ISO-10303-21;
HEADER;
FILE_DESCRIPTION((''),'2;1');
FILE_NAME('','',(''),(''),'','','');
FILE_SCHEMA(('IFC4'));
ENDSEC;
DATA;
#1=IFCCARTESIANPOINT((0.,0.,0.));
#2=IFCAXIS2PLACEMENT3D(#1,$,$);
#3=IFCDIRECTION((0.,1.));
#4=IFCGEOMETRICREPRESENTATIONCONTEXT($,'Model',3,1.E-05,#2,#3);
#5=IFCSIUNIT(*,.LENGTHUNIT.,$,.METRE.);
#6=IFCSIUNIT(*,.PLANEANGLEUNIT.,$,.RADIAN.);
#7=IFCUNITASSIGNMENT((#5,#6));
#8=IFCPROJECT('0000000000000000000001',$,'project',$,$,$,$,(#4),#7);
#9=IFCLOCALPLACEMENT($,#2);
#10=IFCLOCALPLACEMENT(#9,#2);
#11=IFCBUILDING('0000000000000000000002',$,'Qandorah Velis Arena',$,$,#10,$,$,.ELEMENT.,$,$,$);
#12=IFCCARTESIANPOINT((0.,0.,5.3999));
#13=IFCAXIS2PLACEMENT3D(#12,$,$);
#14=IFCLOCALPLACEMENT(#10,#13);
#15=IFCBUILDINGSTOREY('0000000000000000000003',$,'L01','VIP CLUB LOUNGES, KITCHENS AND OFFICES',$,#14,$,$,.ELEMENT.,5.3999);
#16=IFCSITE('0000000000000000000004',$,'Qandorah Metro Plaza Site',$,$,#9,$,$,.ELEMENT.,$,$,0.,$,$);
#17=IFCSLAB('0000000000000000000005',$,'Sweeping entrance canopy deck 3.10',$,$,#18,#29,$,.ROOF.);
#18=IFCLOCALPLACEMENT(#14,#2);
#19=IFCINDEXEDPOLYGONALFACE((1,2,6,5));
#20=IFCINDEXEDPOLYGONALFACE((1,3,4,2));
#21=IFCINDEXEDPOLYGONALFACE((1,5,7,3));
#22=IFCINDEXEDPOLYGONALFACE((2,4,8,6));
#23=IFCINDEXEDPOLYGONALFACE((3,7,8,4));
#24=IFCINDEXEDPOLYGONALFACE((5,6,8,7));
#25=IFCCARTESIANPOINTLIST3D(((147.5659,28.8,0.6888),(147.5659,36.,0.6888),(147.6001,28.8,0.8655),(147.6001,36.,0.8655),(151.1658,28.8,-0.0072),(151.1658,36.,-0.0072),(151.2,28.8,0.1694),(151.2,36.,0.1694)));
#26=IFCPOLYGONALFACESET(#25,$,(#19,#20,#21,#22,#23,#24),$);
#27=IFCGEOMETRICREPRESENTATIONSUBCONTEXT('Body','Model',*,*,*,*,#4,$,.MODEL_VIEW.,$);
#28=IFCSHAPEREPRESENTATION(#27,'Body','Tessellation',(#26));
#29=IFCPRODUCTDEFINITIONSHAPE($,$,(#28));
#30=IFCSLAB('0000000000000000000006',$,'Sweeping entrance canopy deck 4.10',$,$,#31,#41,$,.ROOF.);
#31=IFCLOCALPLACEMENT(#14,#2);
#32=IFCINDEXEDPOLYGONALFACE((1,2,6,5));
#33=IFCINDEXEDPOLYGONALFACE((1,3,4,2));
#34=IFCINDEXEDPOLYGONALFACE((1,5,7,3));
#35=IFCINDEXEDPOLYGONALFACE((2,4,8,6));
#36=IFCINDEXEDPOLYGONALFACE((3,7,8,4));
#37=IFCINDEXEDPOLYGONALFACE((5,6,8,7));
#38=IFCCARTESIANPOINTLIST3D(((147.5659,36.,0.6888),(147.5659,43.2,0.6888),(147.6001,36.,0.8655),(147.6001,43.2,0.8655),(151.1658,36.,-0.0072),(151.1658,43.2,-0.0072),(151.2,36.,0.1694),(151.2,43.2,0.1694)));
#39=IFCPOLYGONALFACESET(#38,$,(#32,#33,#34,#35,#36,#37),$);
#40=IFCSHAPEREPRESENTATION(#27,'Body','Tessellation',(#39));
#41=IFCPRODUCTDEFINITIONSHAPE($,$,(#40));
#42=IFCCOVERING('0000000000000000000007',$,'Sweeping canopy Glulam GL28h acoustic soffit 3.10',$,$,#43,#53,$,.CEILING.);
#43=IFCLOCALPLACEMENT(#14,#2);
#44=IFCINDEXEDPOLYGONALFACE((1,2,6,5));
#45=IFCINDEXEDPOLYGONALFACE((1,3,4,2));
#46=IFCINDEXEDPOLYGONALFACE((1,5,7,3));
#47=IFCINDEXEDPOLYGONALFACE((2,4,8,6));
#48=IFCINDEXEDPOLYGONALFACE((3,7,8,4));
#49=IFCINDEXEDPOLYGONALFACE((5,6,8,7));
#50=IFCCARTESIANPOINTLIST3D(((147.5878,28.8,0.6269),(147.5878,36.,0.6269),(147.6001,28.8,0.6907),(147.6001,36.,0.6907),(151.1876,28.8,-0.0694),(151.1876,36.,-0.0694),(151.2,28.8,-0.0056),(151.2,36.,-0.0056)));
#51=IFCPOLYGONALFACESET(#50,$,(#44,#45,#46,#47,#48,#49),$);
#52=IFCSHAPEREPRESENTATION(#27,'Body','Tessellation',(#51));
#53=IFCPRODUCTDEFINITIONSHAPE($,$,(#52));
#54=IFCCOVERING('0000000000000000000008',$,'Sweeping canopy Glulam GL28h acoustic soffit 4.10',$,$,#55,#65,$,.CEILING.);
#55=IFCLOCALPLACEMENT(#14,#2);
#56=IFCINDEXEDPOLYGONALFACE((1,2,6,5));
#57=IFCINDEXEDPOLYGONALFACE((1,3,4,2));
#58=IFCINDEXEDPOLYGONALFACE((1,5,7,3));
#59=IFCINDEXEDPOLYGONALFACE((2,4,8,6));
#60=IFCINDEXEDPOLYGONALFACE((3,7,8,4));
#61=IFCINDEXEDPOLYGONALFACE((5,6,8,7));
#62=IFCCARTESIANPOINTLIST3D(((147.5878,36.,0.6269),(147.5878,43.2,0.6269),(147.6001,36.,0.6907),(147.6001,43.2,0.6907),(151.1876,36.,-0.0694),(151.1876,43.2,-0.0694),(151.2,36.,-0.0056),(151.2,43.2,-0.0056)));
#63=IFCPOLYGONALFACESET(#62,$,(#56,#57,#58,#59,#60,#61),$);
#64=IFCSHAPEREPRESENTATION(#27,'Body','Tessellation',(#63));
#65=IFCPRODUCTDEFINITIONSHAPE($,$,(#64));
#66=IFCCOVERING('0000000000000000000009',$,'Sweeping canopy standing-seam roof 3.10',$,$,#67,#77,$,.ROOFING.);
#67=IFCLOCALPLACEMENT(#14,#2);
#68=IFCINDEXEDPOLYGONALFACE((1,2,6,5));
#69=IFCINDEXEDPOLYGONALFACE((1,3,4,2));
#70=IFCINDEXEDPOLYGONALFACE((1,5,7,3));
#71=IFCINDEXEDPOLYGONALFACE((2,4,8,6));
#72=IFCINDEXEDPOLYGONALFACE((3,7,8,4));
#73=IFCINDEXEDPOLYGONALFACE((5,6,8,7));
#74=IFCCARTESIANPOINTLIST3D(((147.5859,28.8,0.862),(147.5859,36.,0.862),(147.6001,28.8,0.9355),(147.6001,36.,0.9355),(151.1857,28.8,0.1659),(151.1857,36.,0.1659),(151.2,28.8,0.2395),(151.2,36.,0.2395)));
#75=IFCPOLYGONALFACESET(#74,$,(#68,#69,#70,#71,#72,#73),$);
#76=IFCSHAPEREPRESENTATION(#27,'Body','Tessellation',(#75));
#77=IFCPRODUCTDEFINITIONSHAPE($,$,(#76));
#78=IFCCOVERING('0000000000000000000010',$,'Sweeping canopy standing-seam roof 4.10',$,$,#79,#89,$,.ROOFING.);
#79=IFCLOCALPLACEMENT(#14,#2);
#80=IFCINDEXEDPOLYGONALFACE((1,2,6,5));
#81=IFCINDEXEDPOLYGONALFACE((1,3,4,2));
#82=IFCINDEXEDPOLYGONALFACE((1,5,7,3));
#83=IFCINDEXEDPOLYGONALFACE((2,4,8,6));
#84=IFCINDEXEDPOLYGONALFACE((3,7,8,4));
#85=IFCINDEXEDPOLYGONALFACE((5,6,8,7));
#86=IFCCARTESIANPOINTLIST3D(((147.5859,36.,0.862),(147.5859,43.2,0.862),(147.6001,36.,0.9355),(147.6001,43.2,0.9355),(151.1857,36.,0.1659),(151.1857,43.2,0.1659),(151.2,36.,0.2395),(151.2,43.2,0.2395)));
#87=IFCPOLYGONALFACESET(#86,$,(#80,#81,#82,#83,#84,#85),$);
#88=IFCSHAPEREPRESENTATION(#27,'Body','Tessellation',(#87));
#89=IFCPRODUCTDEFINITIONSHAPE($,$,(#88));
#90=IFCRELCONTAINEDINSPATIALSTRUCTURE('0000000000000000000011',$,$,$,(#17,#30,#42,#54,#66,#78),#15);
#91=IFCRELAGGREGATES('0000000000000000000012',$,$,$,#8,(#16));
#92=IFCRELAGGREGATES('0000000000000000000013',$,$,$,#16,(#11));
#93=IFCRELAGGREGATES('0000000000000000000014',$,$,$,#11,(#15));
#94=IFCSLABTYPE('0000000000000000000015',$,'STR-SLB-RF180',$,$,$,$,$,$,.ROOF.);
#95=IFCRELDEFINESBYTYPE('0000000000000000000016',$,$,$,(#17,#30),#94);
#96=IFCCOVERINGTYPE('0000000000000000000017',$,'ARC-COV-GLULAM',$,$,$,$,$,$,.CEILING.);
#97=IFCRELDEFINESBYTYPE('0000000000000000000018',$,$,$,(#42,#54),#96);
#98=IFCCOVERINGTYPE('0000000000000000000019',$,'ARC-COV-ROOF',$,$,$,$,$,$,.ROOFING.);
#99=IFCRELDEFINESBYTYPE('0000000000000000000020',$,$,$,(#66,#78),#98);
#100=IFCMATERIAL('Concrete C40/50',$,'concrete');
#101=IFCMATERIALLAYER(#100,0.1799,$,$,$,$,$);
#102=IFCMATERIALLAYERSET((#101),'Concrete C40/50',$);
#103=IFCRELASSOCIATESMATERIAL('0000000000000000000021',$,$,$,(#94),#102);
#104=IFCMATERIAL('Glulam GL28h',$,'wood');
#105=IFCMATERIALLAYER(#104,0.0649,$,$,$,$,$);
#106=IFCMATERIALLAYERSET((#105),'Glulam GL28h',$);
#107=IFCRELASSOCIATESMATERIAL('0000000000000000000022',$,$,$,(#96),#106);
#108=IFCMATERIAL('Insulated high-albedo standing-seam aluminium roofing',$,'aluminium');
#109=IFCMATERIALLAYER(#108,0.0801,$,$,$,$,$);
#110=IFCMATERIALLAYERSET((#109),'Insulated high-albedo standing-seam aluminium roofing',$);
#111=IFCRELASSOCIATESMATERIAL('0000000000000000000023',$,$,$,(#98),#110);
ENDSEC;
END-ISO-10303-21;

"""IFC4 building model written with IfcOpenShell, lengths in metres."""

from ifc_helpers import new_model, si_unit, direction, frame, origin, place, context, subcontext, project, spatial, polyline, outline, extrude, material, layer, layer_set, type_object, element, save


model = new_model("IFC4")

# Units and contexts
model_context = context("Model", 3, precision=1e-05, world=origin(), true_north=direction((0.0, 1.0)))
body_context = subcontext(model_context, "Body", "Model", "MODEL_VIEW")
ifc_project = project(units=[si_unit("LENGTHUNIT", "METRE"), si_unit("PLANEANGLEUNIT", "RADIAN")], contexts=[model_context])

# Site, building, storey
site_placement = place(None, origin())
site = spatial("IfcSite", under=ifc_project, at=site_placement, Name="Qandorah Metro Plaza Site", CompositionType="ELEMENT", RefElevation=0.0)
building_placement = place(site_placement, origin())
building = spatial("IfcBuilding", under=site, at=building_placement, Name="Qandorah Velis Arena", CompositionType="ELEMENT")
storey_placement = place(building_placement, frame((0.0, 0.0, 5.3999)))
storey = spatial("IfcBuildingStorey", under=building, at=storey_placement, Name="L01", Description="VIP CLUB LOUNGES, KITCHENS AND OFFICES", CompositionType="ELEMENT", Elevation=5.3999)

# Slabs
ifc_material_1 = material(Name="Concrete C40/50", Category="concrete")
ifc_layer_1 = layer(ifc_material_1, 0.1799)
ifc_layer_set_1 = layer_set([ifc_layer_1], Name="Concrete C40/50")
slab_type = type_object("IfcSlabType", Name="STR-SLB-RF180", PredefinedType="ROOF", material=ifc_layer_set_1)
for number, where, z_axis, x_axis, name in (
    (1, (147.6001, 28.8, 0.8655), (0.189838, 0.0, 0.981815), (0.981815, 0.0, -0.189838), "Sweeping entrance canopy deck 3.10"),
    (2, (147.6001, 36.0, 0.8655), (0.189838, 0.0, 0.981815), (0.981815, 0.0, -0.189838), "Sweeping entrance canopy deck 4.10"),
):
    element("IfcSlab", number, at=place(storey_placement, frame(where, z_axis=z_axis, x_axis=x_axis)), inside=storey, type_object=slab_type, Name=name, PredefinedType="ROOF", context=body_context, shape_type="SweptSolid", body=[
        extrude(outline(polyline([(0.0, 0.0), (3.6665, 0.0), (3.6665, 7.2), (0.0, 7.2), (0.0, 0.0)])), origin(), (0.0, 0.0, -1.0), 0.1799),
    ])

# Coverings
ifc_material_2 = material(Name="Glulam GL28h", Category="wood")
ifc_layer_2 = layer(ifc_material_2, 0.0649)
ifc_layer_set_2 = layer_set([ifc_layer_2], Name="Glulam GL28h")
covering_type_1 = type_object("IfcCoveringType", Name="ARC-COV-GLULAM", PredefinedType="CEILING", material=ifc_layer_set_2)
for number, where, z_axis, x_axis, name in (
    (3, (147.6001, 28.8, 0.6907), (0.189902, 0.0, 0.981803), (0.981803, 0.0, -0.189902), "Sweeping canopy Glulam GL28h acoustic soffit 3.10"),
    (4, (147.6001, 36.0, 0.6907), (0.189902, 0.0, 0.981803), (0.981803, 0.0, -0.189902), "Sweeping canopy Glulam GL28h acoustic soffit 4.10"),
):
    element("IfcCovering", number, at=place(storey_placement, frame(where, z_axis=z_axis, x_axis=x_axis)), inside=storey, type_object=covering_type_1, Name=name, PredefinedType="CEILING", context=body_context, shape_type="SweptSolid", body=[
        extrude(outline(polyline([(0.0, 0.0), (3.6666, 0.0), (3.6666, 7.2), (0.0, 7.2), (0.0, 0.0)])), origin(), (0.0, 0.0, -1.0), 0.0649),
    ])
ifc_material_3 = material(Name="Insulated high-albedo standing-seam aluminium roofing", Category="aluminium")
ifc_layer_3 = layer(ifc_material_3, 0.0801)
ifc_layer_set_3 = layer_set([ifc_layer_3], Name="Insulated high-albedo standing-seam aluminium roofing")
covering_type_2 = type_object("IfcCoveringType", Name="ARC-COV-ROOF", PredefinedType="ROOFING", material=ifc_layer_set_3)
for number, where, z_axis, x_axis, name in (
    (5, (147.6001, 28.8, 0.9355), (0.189838, 0.0, 0.981815), (0.981815, 0.0, -0.189838), "Sweeping canopy standing-seam roof 3.10"),
    (6, (147.6001, 36.0, 0.9355), (0.189838, 0.0, 0.981815), (0.981815, 0.0, -0.189838), "Sweeping canopy standing-seam roof 4.10"),
):
    element("IfcCovering", number, at=place(storey_placement, frame(where, z_axis=z_axis, x_axis=x_axis)), inside=storey, type_object=covering_type_2, Name=name, PredefinedType="ROOFING", context=body_context, shape_type="SweptSolid", body=[
        extrude(outline(polyline([(0.0, 0.0), (3.6665, 0.0), (3.6665, 7.2), (0.0, 7.2), (0.0, 0.0)])), origin(), (0.0, 0.0, -1.0), 0.075),
    ])

save(model, "model.ifc")
